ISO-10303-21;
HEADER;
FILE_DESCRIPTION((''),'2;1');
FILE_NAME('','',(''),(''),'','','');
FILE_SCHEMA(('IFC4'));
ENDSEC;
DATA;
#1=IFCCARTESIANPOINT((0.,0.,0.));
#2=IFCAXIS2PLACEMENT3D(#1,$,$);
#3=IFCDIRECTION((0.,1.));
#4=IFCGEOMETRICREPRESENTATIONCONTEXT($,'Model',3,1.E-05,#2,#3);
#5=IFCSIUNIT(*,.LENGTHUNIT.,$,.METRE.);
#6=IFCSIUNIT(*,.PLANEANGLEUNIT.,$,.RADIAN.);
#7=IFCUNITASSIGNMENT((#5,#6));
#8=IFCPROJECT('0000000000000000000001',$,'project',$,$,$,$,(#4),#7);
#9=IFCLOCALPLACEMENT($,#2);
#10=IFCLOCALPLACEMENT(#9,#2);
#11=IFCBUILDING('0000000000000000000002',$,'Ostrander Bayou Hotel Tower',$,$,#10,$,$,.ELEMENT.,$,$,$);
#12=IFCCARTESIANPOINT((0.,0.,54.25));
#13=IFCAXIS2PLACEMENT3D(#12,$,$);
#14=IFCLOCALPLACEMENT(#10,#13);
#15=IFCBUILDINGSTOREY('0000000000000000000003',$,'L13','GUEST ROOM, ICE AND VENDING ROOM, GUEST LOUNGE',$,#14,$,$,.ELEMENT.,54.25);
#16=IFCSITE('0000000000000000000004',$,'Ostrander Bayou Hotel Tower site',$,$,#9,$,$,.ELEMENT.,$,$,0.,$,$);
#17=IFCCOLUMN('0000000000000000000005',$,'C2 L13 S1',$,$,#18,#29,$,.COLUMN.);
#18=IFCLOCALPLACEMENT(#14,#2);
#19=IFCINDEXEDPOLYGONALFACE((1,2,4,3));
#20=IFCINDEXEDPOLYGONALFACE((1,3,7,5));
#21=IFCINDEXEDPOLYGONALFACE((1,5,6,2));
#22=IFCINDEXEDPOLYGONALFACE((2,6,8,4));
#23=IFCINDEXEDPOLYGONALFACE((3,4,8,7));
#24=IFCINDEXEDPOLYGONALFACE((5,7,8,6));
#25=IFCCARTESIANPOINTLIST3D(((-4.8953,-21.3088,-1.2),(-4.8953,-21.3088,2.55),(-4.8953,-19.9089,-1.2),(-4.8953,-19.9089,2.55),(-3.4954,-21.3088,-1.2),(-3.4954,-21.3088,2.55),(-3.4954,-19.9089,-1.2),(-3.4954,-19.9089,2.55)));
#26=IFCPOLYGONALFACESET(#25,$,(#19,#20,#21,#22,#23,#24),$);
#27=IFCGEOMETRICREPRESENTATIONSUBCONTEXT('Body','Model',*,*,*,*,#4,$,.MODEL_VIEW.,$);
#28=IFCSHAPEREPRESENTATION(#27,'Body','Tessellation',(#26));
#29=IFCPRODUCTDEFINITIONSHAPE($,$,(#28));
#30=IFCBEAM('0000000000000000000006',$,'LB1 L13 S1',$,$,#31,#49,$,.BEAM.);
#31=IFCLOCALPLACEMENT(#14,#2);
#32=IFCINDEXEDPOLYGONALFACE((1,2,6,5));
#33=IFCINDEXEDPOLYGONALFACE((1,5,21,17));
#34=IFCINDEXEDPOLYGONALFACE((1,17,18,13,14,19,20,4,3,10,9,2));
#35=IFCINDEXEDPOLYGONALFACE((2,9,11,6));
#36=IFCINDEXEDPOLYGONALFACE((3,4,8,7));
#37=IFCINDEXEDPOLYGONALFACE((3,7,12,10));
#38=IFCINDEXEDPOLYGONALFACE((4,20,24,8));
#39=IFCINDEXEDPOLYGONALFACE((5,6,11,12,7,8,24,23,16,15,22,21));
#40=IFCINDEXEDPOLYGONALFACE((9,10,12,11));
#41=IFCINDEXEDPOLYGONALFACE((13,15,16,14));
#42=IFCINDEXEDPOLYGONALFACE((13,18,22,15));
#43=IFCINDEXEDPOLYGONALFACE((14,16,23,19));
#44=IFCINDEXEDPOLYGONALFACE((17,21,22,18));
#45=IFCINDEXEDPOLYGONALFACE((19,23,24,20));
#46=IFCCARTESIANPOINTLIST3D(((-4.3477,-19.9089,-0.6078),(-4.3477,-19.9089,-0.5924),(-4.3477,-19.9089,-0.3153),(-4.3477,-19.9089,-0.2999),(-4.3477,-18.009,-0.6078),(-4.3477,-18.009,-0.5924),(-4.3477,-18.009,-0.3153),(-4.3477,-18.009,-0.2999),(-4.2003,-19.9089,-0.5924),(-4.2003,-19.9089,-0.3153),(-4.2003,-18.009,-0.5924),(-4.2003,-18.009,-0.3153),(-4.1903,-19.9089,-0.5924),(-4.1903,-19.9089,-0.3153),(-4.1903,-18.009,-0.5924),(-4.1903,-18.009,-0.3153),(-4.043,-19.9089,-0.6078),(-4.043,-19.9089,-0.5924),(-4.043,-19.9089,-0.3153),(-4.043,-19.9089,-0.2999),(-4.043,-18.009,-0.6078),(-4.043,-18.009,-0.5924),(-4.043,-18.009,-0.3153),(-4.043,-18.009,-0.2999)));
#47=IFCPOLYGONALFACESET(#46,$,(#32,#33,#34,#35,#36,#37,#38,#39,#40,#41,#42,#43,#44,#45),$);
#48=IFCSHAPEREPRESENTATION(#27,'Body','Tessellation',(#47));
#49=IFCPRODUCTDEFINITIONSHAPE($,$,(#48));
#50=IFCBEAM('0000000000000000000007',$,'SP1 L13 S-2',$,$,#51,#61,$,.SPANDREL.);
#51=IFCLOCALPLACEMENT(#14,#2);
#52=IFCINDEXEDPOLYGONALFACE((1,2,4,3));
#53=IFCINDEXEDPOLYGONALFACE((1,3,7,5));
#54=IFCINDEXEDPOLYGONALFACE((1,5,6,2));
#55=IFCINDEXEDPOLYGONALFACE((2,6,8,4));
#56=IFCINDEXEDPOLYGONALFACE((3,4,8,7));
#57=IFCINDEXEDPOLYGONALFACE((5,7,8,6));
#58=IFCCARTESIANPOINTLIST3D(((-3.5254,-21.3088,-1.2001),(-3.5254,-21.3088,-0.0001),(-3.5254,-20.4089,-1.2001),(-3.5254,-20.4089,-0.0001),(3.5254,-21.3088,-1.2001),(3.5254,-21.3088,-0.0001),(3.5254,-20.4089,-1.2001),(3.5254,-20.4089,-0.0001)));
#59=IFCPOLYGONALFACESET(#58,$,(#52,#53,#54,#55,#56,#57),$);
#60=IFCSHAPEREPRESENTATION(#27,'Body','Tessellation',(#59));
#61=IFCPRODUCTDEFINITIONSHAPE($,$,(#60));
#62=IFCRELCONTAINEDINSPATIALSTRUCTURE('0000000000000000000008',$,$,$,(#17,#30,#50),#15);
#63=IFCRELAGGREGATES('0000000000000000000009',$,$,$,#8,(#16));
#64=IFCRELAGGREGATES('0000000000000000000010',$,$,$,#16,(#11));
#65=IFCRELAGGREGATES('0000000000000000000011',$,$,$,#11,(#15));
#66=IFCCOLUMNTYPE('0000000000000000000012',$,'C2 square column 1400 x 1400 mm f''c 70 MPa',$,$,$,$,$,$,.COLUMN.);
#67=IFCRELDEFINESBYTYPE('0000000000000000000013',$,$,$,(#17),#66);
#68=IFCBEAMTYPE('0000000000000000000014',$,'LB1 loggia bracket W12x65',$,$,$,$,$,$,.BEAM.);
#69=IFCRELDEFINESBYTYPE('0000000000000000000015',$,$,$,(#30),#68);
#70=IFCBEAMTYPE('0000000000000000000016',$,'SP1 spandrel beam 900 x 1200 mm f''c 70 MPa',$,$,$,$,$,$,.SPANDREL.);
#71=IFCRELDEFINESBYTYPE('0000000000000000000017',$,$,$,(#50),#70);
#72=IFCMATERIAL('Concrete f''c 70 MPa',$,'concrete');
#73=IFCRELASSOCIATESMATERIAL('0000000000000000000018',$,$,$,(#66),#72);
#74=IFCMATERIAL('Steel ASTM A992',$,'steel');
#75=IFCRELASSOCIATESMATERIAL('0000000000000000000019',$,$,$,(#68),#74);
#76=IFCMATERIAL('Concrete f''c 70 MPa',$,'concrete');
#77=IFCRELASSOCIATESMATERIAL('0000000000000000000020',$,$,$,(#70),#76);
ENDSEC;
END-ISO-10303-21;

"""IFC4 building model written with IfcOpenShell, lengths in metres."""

from ifc_helpers import new_model, si_unit, direction, frame, origin, origin_2d, place, context, subcontext, project, spatial, rectangle, i_section, extrude, material, material_profile, profile_set, type_object, element, save


model = new_model("IFC4")

# Units and contexts
model_context = context("Model", 3, precision=1e-05, world=origin(), true_north=direction((0.0, 1.0)))
body_context = subcontext(model_context, "Body", "Model", "MODEL_VIEW")
ifc_project = project(units=[si_unit("LENGTHUNIT", "METRE"), si_unit("PLANEANGLEUNIT", "RADIAN")], contexts=[model_context])

# Site, building, storey
site_placement = place(None, origin())
site = spatial("IfcSite", under=ifc_project, at=site_placement, Name="Ostrander Bayou Hotel Tower site", CompositionType="ELEMENT", RefElevation=0.0)
building_placement = place(site_placement, origin())
building = spatial("IfcBuilding", under=site, at=building_placement, Name="Ostrander Bayou Hotel Tower", CompositionType="ELEMENT")
storey_placement = place(building_placement, frame((0.0, 0.0, 54.25)))
storey = spatial("IfcBuildingStorey", under=building, at=storey_placement, Name="L13", Description="GUEST ROOM, ICE AND VENDING ROOM, GUEST LOUNGE", CompositionType="ELEMENT", Elevation=54.25)

# Column
ifc_material_1 = material(Name="Concrete f'c 70 MPa", Category="concrete")
ifc_material_profile_1 = material_profile(ifc_material_1, rectangle(XDim=1.3999, YDim=1.3999, at=origin_2d()))
ifc_profile_set_1 = profile_set([ifc_material_profile_1], Name="Concrete f'c 70 MPa")
column_type = type_object("IfcColumnType", Name="C2 square column 1400 x 1400 mm f'c 70 MPa", PredefinedType="COLUMN", material=ifc_profile_set_1)
column_placement = place(storey_placement, frame((-4.1953, -20.6089, -1.2), z_axis=(0.0, 0.0, 1.0), x_axis=(-1.0, 0.0, 0.0)))
element("IfcColumn", 1, at=column_placement, inside=storey, type_object=column_type, Name="C2 L13 S1", PredefinedType="COLUMN", context=body_context, shape_type="SweptSolid", body=[
    extrude(rectangle(XDim=1.3999, YDim=1.3999, at=origin_2d()), origin(), (0.0, 0.0, 1.0), 3.75),
])

# Beams
ifc_material_2 = material(Name="Steel ASTM A992", Category="steel")
ifc_material_profile_2 = material_profile(ifc_material_2, i_section(OverallWidth=0.3047, OverallDepth=0.3079, WebThickness=0.01, FlangeThickness=0.0154, at=origin_2d()))
ifc_profile_set_2 = profile_set([ifc_material_profile_2], Name="Steel ASTM A992")
beam_type_1 = type_object("IfcBeamType", Name="LB1 loggia bracket W12x65", PredefinedType="BEAM", material=ifc_profile_set_2)
beam_1_placement = place(storey_placement, frame((-4.1953, -19.9089, -0.4539), z_axis=(0.0, 1.0, 0.0), x_axis=(-1.0, 0.0, 0.0)))
element("IfcBeam", 2, at=beam_1_placement, inside=storey, type_object=beam_type_1, Name="LB1 L13 S1", PredefinedType="BEAM", context=body_context, shape_type="SweptSolid", body=[
    extrude(i_section(OverallWidth=0.3047, OverallDepth=0.3079, WebThickness=0.01, FlangeThickness=0.0154, at=origin_2d()), origin(), (0.0, 0.0, 1.0), 1.8999),
])
ifc_material_3 = material(Name="Concrete f'c 70 MPa", Category="concrete")
ifc_material_profile_3 = material_profile(ifc_material_3, rectangle(XDim=0.8999, YDim=1.2, at=origin_2d()))
ifc_profile_set_3 = profile_set([ifc_material_profile_3], Name="Concrete f'c 70 MPa")
beam_type_2 = type_object("IfcBeamType", Name="SP1 spandrel beam 900 x 1200 mm f'c 70 MPa", PredefinedType="SPANDREL", material=ifc_profile_set_3)
beam_2_placement = place(storey_placement, frame((-3.5254, -20.8589, -0.6001), z_axis=(1.0, 0.0, 0.0), x_axis=(0.0, 1.0, 0.0)))
element("IfcBeam", 3, at=beam_2_placement, inside=storey, type_object=beam_type_2, Name="SP1 L13 S-2", PredefinedType="SPANDREL", context=body_context, shape_type="SweptSolid", body=[
    extrude(rectangle(XDim=0.8999, YDim=1.2, at=origin_2d()), origin(), (0.0, 0.0, 1.0), 7.0508),
])

save(model, "model.ifc")
